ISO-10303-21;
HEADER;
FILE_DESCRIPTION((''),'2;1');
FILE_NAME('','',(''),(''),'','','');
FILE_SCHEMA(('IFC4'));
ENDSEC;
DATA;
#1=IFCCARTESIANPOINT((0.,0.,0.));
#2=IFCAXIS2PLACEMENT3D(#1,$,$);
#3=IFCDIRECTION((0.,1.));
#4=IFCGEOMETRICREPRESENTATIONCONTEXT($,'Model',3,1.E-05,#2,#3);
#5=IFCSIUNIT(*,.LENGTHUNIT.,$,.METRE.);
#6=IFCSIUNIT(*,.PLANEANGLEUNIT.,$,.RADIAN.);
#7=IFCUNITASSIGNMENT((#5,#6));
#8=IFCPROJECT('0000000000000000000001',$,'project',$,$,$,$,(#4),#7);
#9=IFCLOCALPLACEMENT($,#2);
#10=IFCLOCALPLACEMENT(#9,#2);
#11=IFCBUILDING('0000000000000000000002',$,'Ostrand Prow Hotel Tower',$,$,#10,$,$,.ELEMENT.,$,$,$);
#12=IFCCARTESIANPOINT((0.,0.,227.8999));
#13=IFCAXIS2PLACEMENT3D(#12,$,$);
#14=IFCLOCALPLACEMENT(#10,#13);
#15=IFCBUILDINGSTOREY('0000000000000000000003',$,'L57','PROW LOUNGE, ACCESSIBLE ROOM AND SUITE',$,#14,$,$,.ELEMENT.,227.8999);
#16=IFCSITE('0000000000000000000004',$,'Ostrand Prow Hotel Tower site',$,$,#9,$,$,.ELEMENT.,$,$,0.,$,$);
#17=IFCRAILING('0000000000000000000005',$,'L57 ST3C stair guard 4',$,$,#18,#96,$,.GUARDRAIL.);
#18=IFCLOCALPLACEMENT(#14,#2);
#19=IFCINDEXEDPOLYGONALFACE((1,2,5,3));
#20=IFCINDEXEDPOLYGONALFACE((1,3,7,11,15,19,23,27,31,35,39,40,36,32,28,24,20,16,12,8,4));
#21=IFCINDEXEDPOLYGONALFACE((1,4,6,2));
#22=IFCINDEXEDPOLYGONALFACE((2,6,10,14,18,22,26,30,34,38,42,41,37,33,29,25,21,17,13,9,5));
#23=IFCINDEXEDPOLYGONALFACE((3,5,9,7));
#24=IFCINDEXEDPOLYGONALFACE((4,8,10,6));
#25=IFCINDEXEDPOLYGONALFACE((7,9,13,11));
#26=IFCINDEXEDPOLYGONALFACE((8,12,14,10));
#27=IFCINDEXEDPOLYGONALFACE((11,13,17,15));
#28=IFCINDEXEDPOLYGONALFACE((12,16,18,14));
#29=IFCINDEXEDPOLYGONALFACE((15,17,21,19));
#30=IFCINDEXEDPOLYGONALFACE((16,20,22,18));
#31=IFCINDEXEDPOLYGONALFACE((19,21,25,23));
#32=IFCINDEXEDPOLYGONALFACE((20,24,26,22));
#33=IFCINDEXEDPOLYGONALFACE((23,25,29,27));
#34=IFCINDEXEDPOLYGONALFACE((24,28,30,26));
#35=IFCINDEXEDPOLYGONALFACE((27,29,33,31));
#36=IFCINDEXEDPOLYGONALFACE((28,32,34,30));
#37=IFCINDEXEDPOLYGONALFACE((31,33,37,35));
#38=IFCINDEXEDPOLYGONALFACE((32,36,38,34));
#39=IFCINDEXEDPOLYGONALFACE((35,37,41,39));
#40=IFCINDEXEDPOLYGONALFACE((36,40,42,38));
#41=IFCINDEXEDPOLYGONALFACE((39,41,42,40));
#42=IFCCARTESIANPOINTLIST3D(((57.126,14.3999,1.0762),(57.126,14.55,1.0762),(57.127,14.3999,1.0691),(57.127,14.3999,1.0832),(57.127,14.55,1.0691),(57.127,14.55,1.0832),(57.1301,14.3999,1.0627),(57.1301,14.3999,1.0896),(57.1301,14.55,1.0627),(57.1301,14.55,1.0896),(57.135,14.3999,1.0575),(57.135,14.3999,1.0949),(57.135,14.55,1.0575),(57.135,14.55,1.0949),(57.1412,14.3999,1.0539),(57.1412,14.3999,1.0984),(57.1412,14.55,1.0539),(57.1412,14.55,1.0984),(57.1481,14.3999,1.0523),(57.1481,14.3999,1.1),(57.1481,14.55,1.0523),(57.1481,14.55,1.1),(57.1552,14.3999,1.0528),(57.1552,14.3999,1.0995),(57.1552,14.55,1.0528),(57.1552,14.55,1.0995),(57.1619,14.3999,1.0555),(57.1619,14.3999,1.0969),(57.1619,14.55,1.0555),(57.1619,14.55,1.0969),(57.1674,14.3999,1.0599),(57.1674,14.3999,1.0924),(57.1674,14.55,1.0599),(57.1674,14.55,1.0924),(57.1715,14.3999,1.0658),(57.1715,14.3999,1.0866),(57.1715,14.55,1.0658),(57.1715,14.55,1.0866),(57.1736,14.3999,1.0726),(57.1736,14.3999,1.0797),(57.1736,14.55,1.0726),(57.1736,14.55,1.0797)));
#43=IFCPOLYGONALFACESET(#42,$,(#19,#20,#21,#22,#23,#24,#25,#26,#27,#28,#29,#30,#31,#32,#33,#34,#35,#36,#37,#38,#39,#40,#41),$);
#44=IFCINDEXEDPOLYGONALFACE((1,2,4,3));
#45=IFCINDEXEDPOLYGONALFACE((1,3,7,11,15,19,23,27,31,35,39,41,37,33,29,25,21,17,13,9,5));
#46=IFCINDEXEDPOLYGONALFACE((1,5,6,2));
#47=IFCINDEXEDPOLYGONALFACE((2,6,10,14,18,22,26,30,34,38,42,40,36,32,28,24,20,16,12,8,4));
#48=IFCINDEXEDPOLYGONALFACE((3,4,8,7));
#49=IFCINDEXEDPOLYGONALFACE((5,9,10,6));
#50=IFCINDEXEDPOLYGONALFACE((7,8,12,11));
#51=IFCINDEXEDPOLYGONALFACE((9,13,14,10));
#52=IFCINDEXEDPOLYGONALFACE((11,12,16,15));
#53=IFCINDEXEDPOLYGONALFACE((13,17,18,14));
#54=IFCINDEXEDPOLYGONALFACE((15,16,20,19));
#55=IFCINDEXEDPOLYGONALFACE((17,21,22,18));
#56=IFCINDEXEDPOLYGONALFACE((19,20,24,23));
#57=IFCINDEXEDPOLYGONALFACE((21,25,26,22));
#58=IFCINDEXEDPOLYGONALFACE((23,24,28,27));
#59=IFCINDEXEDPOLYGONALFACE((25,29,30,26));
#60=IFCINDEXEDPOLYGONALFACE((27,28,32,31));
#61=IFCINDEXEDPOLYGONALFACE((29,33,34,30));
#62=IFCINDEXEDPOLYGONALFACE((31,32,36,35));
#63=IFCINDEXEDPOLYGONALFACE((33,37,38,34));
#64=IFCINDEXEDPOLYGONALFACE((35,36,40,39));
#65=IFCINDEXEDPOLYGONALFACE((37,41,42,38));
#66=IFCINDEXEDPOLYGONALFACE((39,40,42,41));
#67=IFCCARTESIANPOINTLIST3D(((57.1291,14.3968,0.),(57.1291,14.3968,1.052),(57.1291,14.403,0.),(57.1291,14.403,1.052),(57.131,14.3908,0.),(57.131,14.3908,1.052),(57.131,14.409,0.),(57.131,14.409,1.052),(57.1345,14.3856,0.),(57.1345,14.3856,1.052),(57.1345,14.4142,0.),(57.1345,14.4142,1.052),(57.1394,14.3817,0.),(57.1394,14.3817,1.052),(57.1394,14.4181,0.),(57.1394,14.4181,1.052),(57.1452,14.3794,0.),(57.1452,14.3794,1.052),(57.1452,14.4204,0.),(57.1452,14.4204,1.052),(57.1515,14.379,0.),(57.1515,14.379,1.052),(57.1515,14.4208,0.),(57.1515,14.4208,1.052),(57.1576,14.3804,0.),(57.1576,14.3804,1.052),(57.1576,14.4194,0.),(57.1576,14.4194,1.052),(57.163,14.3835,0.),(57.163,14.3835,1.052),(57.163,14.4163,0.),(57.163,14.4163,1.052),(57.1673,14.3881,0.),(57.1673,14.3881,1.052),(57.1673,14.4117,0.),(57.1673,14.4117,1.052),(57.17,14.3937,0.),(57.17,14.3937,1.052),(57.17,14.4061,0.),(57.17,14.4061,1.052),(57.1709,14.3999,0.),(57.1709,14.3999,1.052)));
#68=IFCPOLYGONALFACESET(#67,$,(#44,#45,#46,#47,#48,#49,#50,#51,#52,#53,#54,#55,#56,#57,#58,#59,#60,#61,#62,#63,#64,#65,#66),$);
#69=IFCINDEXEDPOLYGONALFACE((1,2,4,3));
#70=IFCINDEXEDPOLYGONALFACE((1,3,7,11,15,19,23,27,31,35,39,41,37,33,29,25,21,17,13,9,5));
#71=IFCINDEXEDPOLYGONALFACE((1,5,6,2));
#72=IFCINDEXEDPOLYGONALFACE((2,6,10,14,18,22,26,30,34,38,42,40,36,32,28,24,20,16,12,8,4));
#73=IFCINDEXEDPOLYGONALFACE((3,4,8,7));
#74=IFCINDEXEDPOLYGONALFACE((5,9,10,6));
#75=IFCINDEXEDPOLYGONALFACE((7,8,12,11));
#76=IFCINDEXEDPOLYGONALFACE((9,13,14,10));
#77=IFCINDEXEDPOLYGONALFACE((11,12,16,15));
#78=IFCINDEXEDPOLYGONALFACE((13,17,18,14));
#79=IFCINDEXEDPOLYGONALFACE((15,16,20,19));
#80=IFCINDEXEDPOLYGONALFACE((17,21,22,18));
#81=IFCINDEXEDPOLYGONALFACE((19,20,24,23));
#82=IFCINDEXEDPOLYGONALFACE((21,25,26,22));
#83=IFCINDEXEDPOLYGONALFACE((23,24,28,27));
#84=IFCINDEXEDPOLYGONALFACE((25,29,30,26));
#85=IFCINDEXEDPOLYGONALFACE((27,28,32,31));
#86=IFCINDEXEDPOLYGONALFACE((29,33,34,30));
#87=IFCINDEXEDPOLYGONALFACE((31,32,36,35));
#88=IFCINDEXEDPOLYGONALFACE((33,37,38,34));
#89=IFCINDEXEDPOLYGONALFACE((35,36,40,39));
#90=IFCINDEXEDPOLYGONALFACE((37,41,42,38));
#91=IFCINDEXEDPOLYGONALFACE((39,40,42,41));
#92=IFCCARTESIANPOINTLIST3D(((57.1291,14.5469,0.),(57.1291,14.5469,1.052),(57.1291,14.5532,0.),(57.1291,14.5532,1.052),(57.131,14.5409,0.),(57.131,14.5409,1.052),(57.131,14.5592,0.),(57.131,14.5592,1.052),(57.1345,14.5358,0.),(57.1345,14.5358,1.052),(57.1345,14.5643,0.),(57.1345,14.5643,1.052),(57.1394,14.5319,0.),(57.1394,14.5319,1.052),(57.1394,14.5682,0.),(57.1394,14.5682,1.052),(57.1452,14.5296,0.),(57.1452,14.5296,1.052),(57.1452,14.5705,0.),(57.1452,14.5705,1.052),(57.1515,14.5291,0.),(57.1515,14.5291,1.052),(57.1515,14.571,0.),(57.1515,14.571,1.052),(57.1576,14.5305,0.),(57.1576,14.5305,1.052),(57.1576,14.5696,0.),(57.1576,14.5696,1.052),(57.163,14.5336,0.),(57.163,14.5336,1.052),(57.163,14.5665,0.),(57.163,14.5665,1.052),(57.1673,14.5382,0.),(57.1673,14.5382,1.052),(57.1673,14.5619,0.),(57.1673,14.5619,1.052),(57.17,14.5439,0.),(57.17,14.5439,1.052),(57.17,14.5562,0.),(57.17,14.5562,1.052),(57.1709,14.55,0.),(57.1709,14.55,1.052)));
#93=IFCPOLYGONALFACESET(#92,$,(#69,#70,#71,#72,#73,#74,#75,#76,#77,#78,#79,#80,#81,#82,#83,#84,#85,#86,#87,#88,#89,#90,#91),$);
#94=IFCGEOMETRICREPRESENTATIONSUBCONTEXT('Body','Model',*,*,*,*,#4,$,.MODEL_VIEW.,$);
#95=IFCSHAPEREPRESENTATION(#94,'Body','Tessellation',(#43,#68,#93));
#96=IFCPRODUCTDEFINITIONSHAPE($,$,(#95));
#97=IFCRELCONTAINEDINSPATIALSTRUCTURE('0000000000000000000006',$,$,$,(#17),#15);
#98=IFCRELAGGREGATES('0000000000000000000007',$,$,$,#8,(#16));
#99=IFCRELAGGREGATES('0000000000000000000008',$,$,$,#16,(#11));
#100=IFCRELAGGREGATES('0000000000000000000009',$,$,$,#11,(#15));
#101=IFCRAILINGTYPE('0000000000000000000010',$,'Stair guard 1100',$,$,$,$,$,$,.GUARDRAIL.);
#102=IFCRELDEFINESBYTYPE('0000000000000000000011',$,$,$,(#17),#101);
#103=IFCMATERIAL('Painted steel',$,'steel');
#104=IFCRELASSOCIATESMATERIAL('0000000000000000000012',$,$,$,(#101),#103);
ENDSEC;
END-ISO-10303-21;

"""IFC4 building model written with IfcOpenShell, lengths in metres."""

from ifc_helpers import new_model, si_unit, direction, frame, origin, origin_2d, place, context, subcontext, project, spatial, circle, extrude, material, type_object, element, save


model = new_model("IFC4")

# Units and contexts
model_context = context("Model", 3, precision=1e-05, world=origin(), true_north=direction((0.0, 1.0)))
body_context = subcontext(model_context, "Body", "Model", "MODEL_VIEW")
ifc_project = project(units=[si_unit("LENGTHUNIT", "METRE"), si_unit("PLANEANGLEUNIT", "RADIAN")], contexts=[model_context])

# Site, building, storey
site_placement = place(None, origin())
site = spatial("IfcSite", under=ifc_project, at=site_placement, Name="Ostrand Prow Hotel Tower site", CompositionType="ELEMENT", RefElevation=0.0)
building_placement = place(site_placement, origin())
building = spatial("IfcBuilding", under=site, at=building_placement, Name="Ostrand Prow Hotel Tower", CompositionType="ELEMENT")
storey_placement = place(building_placement, frame((0.0, 0.0, 227.8999)))
storey = spatial("IfcBuildingStorey", under=building, at=storey_placement, Name="L57", Description="PROW LOUNGE, ACCESSIBLE ROOM AND SUITE", CompositionType="ELEMENT", Elevation=227.8999)

# Railing
ifc_material_1 = material(Name="Painted steel", Category="steel")
railing_type_1 = type_object("IfcRailingType", Name="Stair guard 1100", PredefinedType="GUARDRAIL", material=ifc_material_1)
railing_1_placement = place(storey_placement, frame((57.1499, 14.3999, 0.0)))
element("IfcRailing", 1, at=railing_1_placement, inside=storey, type_object=railing_type_1, Name="L57 ST3C stair guard 4", PredefinedType="GUARDRAIL", context=body_context, shape_type="SweptSolid", body=[
    extrude(circle(Radius=0.0239, at=origin_2d()), frame((0.0, 0.0, 1.0762), z_axis=(0.0, 1.0, 0.0), x_axis=(-1.0, 0.0, 0.0)), (0.0, 0.0, 1.0), 0.1501),
    extrude(circle(Radius=0.021, at=origin_2d()), origin(), (0.0, 0.0, 1.0), 1.052),
    extrude(circle(Radius=0.021, at=origin_2d()), frame((0.0, 0.1501, 0.0)), (0.0, 0.0, 1.0), 1.052),
])

save(model, "model.ifc")
